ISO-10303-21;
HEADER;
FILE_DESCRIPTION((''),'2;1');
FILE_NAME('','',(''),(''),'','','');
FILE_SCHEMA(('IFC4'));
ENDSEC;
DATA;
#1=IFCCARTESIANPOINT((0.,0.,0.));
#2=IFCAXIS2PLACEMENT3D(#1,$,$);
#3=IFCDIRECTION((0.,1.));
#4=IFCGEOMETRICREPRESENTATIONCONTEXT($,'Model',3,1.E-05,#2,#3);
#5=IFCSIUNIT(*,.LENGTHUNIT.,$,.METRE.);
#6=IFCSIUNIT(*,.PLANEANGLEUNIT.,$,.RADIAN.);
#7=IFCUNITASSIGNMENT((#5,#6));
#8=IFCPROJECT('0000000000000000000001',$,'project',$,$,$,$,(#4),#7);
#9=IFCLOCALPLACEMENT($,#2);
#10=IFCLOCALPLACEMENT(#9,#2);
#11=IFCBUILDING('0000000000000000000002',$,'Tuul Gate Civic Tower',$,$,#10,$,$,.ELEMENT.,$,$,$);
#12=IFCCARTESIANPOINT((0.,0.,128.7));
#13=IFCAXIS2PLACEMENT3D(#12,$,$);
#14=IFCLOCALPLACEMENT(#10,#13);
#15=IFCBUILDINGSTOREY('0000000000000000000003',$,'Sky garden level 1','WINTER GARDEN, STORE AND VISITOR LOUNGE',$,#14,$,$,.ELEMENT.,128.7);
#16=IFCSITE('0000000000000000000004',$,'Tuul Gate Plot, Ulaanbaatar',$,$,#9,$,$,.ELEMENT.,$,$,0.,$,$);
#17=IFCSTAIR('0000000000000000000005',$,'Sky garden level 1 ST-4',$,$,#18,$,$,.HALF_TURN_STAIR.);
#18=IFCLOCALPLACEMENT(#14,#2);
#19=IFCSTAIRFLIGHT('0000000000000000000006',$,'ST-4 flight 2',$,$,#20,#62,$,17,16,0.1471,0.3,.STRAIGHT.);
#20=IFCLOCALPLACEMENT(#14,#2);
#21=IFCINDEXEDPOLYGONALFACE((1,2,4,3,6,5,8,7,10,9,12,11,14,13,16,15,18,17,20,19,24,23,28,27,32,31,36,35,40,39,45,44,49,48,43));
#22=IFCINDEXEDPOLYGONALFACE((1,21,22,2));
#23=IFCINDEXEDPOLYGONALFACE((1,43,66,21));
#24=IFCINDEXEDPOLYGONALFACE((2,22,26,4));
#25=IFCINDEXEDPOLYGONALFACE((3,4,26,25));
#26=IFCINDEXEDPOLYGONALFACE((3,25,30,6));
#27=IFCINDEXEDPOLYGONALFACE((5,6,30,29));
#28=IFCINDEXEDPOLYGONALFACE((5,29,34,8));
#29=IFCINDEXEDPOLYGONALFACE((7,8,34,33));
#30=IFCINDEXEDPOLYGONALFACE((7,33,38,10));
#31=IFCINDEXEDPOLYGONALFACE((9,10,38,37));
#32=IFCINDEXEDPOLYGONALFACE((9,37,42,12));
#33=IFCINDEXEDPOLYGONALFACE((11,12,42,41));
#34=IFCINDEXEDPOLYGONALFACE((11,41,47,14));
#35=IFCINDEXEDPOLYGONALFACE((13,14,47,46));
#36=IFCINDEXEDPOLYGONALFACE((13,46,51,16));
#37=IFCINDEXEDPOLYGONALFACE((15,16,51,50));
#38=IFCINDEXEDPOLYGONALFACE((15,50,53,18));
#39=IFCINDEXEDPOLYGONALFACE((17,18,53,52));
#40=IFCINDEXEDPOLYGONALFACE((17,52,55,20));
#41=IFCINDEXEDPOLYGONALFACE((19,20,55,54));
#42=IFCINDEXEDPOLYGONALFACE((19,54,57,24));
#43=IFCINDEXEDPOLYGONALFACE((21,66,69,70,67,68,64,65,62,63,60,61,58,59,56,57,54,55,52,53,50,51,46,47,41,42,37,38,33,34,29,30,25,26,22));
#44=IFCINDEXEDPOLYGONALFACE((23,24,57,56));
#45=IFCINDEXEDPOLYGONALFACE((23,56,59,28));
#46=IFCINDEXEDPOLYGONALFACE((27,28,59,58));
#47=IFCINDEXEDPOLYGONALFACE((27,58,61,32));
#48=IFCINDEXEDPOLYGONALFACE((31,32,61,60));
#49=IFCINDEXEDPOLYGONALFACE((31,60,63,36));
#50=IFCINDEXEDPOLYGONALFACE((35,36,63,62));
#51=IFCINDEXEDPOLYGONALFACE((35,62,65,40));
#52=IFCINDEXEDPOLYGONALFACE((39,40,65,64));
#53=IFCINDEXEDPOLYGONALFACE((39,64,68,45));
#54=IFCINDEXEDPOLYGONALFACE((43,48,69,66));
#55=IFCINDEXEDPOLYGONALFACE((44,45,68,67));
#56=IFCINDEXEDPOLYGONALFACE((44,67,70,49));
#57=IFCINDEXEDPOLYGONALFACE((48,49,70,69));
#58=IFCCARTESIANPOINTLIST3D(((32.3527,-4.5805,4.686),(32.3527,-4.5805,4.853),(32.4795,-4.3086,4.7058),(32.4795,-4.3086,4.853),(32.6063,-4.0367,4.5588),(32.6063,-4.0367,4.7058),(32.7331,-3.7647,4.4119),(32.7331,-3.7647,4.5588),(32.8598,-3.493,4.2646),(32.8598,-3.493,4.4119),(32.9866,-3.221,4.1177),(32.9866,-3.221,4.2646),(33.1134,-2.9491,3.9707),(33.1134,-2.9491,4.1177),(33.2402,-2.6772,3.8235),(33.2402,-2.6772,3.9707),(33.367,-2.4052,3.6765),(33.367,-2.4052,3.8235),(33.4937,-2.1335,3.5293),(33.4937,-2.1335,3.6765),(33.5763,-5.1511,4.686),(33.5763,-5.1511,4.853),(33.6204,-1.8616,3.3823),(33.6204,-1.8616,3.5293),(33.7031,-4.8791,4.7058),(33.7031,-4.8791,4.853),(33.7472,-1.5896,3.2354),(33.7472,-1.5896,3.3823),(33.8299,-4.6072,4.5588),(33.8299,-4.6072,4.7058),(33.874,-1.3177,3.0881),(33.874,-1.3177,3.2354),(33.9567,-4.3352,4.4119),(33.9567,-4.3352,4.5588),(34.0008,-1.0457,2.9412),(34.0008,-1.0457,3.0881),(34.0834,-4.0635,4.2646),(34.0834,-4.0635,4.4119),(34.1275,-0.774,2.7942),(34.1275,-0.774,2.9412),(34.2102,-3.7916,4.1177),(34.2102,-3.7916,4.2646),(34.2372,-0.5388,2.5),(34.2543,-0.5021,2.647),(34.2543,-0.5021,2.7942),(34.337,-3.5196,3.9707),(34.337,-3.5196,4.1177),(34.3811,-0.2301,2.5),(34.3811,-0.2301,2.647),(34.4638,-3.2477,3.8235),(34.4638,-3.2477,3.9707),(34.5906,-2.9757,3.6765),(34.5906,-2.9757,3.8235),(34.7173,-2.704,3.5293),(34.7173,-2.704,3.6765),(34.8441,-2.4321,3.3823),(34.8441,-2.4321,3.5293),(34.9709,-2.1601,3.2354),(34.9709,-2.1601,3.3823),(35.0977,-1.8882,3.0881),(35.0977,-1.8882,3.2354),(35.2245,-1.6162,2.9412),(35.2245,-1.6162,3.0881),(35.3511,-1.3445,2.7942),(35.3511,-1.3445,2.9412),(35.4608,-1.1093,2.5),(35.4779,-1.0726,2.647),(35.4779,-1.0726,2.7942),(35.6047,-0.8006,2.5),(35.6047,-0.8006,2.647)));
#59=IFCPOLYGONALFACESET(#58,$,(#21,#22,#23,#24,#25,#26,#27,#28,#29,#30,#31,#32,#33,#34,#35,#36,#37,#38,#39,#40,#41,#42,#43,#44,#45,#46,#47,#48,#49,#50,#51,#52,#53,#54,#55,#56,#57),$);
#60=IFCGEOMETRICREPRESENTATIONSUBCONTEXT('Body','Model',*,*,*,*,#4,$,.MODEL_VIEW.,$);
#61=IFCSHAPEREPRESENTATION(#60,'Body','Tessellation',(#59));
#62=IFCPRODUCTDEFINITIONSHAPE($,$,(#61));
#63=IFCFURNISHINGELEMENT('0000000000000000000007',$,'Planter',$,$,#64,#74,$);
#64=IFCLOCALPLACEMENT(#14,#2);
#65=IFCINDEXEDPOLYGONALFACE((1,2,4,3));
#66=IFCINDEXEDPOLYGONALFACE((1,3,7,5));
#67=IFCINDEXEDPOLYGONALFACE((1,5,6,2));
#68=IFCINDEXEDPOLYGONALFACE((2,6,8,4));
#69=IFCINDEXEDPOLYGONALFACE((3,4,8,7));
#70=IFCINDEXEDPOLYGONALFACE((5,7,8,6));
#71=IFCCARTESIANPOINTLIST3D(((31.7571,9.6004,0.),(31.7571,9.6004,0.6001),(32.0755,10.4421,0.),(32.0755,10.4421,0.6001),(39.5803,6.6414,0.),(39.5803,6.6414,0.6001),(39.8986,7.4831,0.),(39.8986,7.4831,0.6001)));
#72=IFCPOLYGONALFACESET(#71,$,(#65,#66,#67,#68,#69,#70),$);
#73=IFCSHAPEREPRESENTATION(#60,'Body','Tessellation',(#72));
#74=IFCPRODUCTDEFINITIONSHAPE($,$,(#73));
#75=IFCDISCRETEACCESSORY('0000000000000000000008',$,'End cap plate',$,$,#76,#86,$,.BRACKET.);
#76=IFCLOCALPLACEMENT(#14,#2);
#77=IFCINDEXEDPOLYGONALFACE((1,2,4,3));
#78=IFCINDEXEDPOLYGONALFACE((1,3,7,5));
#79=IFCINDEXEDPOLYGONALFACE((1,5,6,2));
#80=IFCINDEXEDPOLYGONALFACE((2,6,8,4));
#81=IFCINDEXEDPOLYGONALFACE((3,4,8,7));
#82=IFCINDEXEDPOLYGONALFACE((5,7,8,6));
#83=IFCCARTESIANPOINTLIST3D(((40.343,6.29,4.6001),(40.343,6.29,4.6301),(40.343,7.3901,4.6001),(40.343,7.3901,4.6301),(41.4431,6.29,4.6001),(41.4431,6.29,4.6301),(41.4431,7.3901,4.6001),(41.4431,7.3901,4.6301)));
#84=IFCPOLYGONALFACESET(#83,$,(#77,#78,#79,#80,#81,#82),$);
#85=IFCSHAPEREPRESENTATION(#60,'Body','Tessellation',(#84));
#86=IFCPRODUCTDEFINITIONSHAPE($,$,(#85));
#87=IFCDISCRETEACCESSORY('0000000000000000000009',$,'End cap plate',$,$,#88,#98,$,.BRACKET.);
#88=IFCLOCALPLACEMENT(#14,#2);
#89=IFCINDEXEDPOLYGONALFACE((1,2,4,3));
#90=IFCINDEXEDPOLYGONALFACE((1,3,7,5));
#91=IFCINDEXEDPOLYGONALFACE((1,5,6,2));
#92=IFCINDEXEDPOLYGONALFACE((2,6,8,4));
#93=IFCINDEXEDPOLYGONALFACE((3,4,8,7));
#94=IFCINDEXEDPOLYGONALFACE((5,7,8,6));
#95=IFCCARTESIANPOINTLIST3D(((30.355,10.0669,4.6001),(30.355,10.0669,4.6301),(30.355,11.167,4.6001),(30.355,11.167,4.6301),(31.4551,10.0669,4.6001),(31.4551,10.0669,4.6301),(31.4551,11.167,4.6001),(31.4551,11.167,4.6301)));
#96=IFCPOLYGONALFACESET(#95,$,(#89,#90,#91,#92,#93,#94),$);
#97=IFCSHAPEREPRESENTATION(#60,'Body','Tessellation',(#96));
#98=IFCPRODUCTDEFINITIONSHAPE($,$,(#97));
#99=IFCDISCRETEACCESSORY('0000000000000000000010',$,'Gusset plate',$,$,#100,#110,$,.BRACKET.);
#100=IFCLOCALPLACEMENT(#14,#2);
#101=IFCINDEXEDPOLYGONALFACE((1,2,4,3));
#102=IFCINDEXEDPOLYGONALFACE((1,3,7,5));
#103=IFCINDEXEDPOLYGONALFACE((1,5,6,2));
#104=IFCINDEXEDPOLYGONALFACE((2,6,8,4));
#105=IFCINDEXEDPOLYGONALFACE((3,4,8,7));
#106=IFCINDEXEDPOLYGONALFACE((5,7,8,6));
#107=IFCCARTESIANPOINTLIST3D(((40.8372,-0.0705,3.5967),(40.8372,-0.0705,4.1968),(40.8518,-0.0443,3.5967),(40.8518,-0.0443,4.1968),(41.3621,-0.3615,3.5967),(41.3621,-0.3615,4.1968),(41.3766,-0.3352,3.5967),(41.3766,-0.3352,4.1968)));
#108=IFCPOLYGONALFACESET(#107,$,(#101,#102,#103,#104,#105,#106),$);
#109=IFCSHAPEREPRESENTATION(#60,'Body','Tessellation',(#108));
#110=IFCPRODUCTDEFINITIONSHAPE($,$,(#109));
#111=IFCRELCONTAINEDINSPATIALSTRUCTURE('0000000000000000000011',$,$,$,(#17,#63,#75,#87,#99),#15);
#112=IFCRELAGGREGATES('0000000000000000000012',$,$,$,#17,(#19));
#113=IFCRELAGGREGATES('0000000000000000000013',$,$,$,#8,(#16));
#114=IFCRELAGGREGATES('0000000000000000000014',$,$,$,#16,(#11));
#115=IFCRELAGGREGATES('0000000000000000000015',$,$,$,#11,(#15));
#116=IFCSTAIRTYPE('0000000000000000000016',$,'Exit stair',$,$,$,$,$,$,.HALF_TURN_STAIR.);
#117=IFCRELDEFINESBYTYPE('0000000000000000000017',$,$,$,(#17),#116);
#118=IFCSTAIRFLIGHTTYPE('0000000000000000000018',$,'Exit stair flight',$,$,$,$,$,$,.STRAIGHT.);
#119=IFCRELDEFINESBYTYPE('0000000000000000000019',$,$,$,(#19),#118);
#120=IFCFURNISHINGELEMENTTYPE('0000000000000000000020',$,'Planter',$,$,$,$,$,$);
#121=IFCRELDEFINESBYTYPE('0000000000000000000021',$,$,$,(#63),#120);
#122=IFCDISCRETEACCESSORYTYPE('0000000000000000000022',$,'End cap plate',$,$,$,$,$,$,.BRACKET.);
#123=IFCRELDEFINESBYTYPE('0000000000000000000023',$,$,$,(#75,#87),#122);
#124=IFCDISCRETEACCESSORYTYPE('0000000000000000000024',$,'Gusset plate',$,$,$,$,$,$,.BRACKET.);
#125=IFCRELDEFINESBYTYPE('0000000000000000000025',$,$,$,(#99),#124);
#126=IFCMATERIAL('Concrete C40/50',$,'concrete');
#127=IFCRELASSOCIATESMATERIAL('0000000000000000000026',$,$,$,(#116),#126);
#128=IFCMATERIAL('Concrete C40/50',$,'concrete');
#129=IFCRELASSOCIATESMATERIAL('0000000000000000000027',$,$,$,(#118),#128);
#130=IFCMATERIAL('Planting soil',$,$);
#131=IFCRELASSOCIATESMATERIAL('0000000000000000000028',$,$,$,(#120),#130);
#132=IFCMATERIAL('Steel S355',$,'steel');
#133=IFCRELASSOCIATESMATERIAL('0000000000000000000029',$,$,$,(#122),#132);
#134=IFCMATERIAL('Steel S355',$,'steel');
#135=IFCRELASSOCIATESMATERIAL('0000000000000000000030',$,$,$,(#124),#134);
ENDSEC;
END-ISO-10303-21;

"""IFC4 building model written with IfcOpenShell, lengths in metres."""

from ifc_helpers import new_model, si_unit, direction, frame, origin, origin_2d, place, context, subcontext, project, spatial, polyline, rectangle, outline, extrude, material, type_object, element, aggregate, save


model = new_model("IFC4")

# Units and contexts
model_context = context("Model", 3, precision=1e-05, world=origin(), true_north=direction((0.0, 1.0)))
body_context = subcontext(model_context, "Body", "Model", "MODEL_VIEW")
ifc_project = project(units=[si_unit("LENGTHUNIT", "METRE"), si_unit("PLANEANGLEUNIT", "RADIAN")], contexts=[model_context])

# Site, building, storey
site_placement = place(None, origin())
site = spatial("IfcSite", under=ifc_project, at=site_placement, Name="Tuul Gate Plot, Ulaanbaatar", CompositionType="ELEMENT", RefElevation=0.0)
building_placement = place(site_placement, origin())
building = spatial("IfcBuilding", under=site, at=building_placement, Name="Tuul Gate Civic Tower", CompositionType="ELEMENT")
storey_placement = place(building_placement, frame((0.0, 0.0, 128.7)))
storey = spatial("IfcBuildingStorey", under=building, at=storey_placement, Name="Sky garden level 1", Description="WINTER GARDEN, STORE AND VISITOR LOUNGE", CompositionType="ELEMENT", Elevation=128.7)

# Stair, stair flight
ifc_material_1 = material(Name="Concrete C40/50", Category="concrete")
stair_type = type_object("IfcStairType", Name="Exit stair", PredefinedType="HALF_TURN_STAIR", material=ifc_material_1)
stair_placement = place(storey_placement, origin())
stair = element("IfcStair", 1, at=stair_placement, inside=storey, type_object=stair_type, Name="Sky garden level 1 ST-4", PredefinedType="HALF_TURN_STAIR")
ifc_material_2 = material(Name="Concrete C40/50", Category="concrete")
stair_flight_type = type_object("IfcStairFlightType", Name="Exit stair flight", PredefinedType="STRAIGHT", material=ifc_material_2)
stair_flight_placement = place(storey_placement, frame((34.9929, -0.5154, 2.5), z_axis=(0.0, 0.0, 1.0), x_axis=(-0.422576, -0.906327, 0.0)))
stair_flight = element("IfcStairFlight", 2, at=stair_flight_placement, type_object=stair_flight_type, Name="ST-4 flight 2", NumberOfRisers=17, NumberOfTreads=16, PredefinedType="STRAIGHT", RiserHeight=0.1471, TreadLength=0.3, context=body_context, shape_type="SweptSolid", body=[
    extrude(outline(polyline([(0.0, 0.0), (0.0, 0.147), (0.3, 0.147), (0.3, 0.2942), (0.6001, 0.2942), (0.6001, 0.4412), (0.8999, 0.4412), (0.8999, 0.5881), (1.2, 0.5881), (1.2, 0.7354), (1.5, 0.7354), (1.5, 0.8823), (1.8, 0.8823), (1.8, 1.0293), (2.1001, 1.0293), (2.1001, 1.1765), (2.3999, 1.1765), (2.3999, 1.3235), (2.7, 1.3235), (2.7, 1.4707), (3.0, 1.4707), (3.0, 1.6177), (3.3, 1.6177), (3.3, 1.7646), (3.6001, 1.7646), (3.6001, 1.9119), (3.8999, 1.9119), (3.8999, 2.0588), (4.2, 2.0588), (4.2, 2.2058), (4.5, 2.2058), (4.5, 2.353), (4.8, 2.353), (4.8, 2.5), (4.8, 2.186), (0.3406, 0.0), (0.0, 0.0)])), frame((0.0, 0.675, 0.0), z_axis=(0.0, -1.0, 0.0), x_axis=(1.0, 0.0, 0.0)), (0.0, 0.0, 1.0), 1.3501),
])
aggregate(stair, [stair_flight])

# Furnishing element
ifc_material_3 = material(Name="Planting soil")
furnishing_element_type = type_object("IfcFurnishingElementType", Name="Planter", material=ifc_material_3)
furnishing_placement = place(storey_placement, frame((35.8279, 8.5417, 0.0), z_axis=(0.0, 0.0, 1.0), x_axis=(-0.935333, 0.353769, 0.0)))
element("IfcFurnishingElement", 3, at=furnishing_placement, inside=storey, type_object=furnishing_element_type, Name="Planter", context=body_context, shape_type="SweptSolid", body=[
    extrude(rectangle(XDim=8.364, YDim=0.8999, at=origin_2d()), origin(), (0.0, 0.0, 1.0), 0.6001),
])

# Discrete accessories
ifc_material_4 = material(Name="Steel S355", Category="steel")
discrete_accessory_type_1 = type_object("IfcDiscreteAccessoryType", Name="End cap plate", PredefinedType="BRACKET", material=ifc_material_4)
for number, where, z_axis, x_axis, name in (
    (4, (40.8931, 6.8401, 4.6001), (0.0, 0.0, 1.0), (1.0, 0.0, 0.0), "End cap plate"),
    (5, (30.905, 10.6169, 4.6001), (0.0, 0.0, 1.0), (1.0, 0.0, 0.0), "End cap plate"),
):
    element("IfcDiscreteAccessory", number, at=place(storey_placement, frame(where, z_axis=z_axis, x_axis=x_axis)), inside=storey, type_object=discrete_accessory_type_1, Name=name, PredefinedType="BRACKET", context=body_context, shape_type="SweptSolid", body=[
        extrude(rectangle(XDim=1.1001, YDim=1.1001, at=origin_2d()), origin(), (0.0, 0.0, 1.0), 0.03),
    ])
ifc_material_5 = material(Name="Steel S355", Category="steel")
discrete_accessory_type_2 = type_object("IfcDiscreteAccessoryType", Name="Gusset plate", PredefinedType="BRACKET", material=ifc_material_5)
discrete_accessory_placement = place(storey_placement, frame((41.1069, -0.2029, 3.5967), z_axis=(0.0, 0.0, 1.0), x_axis=(0.874625, -0.4848, 0.0)))
element("IfcDiscreteAccessory", 6, at=discrete_accessory_placement, inside=storey, type_object=discrete_accessory_type_2, Name="Gusset plate", PredefinedType="BRACKET", context=body_context, shape_type="SweptSolid", body=[
    extrude(rectangle(XDim=0.6001, YDim=0.03, at=origin_2d()), origin(), (0.0, 0.0, 1.0), 0.6001),
])

save(model, "model.ifc")
